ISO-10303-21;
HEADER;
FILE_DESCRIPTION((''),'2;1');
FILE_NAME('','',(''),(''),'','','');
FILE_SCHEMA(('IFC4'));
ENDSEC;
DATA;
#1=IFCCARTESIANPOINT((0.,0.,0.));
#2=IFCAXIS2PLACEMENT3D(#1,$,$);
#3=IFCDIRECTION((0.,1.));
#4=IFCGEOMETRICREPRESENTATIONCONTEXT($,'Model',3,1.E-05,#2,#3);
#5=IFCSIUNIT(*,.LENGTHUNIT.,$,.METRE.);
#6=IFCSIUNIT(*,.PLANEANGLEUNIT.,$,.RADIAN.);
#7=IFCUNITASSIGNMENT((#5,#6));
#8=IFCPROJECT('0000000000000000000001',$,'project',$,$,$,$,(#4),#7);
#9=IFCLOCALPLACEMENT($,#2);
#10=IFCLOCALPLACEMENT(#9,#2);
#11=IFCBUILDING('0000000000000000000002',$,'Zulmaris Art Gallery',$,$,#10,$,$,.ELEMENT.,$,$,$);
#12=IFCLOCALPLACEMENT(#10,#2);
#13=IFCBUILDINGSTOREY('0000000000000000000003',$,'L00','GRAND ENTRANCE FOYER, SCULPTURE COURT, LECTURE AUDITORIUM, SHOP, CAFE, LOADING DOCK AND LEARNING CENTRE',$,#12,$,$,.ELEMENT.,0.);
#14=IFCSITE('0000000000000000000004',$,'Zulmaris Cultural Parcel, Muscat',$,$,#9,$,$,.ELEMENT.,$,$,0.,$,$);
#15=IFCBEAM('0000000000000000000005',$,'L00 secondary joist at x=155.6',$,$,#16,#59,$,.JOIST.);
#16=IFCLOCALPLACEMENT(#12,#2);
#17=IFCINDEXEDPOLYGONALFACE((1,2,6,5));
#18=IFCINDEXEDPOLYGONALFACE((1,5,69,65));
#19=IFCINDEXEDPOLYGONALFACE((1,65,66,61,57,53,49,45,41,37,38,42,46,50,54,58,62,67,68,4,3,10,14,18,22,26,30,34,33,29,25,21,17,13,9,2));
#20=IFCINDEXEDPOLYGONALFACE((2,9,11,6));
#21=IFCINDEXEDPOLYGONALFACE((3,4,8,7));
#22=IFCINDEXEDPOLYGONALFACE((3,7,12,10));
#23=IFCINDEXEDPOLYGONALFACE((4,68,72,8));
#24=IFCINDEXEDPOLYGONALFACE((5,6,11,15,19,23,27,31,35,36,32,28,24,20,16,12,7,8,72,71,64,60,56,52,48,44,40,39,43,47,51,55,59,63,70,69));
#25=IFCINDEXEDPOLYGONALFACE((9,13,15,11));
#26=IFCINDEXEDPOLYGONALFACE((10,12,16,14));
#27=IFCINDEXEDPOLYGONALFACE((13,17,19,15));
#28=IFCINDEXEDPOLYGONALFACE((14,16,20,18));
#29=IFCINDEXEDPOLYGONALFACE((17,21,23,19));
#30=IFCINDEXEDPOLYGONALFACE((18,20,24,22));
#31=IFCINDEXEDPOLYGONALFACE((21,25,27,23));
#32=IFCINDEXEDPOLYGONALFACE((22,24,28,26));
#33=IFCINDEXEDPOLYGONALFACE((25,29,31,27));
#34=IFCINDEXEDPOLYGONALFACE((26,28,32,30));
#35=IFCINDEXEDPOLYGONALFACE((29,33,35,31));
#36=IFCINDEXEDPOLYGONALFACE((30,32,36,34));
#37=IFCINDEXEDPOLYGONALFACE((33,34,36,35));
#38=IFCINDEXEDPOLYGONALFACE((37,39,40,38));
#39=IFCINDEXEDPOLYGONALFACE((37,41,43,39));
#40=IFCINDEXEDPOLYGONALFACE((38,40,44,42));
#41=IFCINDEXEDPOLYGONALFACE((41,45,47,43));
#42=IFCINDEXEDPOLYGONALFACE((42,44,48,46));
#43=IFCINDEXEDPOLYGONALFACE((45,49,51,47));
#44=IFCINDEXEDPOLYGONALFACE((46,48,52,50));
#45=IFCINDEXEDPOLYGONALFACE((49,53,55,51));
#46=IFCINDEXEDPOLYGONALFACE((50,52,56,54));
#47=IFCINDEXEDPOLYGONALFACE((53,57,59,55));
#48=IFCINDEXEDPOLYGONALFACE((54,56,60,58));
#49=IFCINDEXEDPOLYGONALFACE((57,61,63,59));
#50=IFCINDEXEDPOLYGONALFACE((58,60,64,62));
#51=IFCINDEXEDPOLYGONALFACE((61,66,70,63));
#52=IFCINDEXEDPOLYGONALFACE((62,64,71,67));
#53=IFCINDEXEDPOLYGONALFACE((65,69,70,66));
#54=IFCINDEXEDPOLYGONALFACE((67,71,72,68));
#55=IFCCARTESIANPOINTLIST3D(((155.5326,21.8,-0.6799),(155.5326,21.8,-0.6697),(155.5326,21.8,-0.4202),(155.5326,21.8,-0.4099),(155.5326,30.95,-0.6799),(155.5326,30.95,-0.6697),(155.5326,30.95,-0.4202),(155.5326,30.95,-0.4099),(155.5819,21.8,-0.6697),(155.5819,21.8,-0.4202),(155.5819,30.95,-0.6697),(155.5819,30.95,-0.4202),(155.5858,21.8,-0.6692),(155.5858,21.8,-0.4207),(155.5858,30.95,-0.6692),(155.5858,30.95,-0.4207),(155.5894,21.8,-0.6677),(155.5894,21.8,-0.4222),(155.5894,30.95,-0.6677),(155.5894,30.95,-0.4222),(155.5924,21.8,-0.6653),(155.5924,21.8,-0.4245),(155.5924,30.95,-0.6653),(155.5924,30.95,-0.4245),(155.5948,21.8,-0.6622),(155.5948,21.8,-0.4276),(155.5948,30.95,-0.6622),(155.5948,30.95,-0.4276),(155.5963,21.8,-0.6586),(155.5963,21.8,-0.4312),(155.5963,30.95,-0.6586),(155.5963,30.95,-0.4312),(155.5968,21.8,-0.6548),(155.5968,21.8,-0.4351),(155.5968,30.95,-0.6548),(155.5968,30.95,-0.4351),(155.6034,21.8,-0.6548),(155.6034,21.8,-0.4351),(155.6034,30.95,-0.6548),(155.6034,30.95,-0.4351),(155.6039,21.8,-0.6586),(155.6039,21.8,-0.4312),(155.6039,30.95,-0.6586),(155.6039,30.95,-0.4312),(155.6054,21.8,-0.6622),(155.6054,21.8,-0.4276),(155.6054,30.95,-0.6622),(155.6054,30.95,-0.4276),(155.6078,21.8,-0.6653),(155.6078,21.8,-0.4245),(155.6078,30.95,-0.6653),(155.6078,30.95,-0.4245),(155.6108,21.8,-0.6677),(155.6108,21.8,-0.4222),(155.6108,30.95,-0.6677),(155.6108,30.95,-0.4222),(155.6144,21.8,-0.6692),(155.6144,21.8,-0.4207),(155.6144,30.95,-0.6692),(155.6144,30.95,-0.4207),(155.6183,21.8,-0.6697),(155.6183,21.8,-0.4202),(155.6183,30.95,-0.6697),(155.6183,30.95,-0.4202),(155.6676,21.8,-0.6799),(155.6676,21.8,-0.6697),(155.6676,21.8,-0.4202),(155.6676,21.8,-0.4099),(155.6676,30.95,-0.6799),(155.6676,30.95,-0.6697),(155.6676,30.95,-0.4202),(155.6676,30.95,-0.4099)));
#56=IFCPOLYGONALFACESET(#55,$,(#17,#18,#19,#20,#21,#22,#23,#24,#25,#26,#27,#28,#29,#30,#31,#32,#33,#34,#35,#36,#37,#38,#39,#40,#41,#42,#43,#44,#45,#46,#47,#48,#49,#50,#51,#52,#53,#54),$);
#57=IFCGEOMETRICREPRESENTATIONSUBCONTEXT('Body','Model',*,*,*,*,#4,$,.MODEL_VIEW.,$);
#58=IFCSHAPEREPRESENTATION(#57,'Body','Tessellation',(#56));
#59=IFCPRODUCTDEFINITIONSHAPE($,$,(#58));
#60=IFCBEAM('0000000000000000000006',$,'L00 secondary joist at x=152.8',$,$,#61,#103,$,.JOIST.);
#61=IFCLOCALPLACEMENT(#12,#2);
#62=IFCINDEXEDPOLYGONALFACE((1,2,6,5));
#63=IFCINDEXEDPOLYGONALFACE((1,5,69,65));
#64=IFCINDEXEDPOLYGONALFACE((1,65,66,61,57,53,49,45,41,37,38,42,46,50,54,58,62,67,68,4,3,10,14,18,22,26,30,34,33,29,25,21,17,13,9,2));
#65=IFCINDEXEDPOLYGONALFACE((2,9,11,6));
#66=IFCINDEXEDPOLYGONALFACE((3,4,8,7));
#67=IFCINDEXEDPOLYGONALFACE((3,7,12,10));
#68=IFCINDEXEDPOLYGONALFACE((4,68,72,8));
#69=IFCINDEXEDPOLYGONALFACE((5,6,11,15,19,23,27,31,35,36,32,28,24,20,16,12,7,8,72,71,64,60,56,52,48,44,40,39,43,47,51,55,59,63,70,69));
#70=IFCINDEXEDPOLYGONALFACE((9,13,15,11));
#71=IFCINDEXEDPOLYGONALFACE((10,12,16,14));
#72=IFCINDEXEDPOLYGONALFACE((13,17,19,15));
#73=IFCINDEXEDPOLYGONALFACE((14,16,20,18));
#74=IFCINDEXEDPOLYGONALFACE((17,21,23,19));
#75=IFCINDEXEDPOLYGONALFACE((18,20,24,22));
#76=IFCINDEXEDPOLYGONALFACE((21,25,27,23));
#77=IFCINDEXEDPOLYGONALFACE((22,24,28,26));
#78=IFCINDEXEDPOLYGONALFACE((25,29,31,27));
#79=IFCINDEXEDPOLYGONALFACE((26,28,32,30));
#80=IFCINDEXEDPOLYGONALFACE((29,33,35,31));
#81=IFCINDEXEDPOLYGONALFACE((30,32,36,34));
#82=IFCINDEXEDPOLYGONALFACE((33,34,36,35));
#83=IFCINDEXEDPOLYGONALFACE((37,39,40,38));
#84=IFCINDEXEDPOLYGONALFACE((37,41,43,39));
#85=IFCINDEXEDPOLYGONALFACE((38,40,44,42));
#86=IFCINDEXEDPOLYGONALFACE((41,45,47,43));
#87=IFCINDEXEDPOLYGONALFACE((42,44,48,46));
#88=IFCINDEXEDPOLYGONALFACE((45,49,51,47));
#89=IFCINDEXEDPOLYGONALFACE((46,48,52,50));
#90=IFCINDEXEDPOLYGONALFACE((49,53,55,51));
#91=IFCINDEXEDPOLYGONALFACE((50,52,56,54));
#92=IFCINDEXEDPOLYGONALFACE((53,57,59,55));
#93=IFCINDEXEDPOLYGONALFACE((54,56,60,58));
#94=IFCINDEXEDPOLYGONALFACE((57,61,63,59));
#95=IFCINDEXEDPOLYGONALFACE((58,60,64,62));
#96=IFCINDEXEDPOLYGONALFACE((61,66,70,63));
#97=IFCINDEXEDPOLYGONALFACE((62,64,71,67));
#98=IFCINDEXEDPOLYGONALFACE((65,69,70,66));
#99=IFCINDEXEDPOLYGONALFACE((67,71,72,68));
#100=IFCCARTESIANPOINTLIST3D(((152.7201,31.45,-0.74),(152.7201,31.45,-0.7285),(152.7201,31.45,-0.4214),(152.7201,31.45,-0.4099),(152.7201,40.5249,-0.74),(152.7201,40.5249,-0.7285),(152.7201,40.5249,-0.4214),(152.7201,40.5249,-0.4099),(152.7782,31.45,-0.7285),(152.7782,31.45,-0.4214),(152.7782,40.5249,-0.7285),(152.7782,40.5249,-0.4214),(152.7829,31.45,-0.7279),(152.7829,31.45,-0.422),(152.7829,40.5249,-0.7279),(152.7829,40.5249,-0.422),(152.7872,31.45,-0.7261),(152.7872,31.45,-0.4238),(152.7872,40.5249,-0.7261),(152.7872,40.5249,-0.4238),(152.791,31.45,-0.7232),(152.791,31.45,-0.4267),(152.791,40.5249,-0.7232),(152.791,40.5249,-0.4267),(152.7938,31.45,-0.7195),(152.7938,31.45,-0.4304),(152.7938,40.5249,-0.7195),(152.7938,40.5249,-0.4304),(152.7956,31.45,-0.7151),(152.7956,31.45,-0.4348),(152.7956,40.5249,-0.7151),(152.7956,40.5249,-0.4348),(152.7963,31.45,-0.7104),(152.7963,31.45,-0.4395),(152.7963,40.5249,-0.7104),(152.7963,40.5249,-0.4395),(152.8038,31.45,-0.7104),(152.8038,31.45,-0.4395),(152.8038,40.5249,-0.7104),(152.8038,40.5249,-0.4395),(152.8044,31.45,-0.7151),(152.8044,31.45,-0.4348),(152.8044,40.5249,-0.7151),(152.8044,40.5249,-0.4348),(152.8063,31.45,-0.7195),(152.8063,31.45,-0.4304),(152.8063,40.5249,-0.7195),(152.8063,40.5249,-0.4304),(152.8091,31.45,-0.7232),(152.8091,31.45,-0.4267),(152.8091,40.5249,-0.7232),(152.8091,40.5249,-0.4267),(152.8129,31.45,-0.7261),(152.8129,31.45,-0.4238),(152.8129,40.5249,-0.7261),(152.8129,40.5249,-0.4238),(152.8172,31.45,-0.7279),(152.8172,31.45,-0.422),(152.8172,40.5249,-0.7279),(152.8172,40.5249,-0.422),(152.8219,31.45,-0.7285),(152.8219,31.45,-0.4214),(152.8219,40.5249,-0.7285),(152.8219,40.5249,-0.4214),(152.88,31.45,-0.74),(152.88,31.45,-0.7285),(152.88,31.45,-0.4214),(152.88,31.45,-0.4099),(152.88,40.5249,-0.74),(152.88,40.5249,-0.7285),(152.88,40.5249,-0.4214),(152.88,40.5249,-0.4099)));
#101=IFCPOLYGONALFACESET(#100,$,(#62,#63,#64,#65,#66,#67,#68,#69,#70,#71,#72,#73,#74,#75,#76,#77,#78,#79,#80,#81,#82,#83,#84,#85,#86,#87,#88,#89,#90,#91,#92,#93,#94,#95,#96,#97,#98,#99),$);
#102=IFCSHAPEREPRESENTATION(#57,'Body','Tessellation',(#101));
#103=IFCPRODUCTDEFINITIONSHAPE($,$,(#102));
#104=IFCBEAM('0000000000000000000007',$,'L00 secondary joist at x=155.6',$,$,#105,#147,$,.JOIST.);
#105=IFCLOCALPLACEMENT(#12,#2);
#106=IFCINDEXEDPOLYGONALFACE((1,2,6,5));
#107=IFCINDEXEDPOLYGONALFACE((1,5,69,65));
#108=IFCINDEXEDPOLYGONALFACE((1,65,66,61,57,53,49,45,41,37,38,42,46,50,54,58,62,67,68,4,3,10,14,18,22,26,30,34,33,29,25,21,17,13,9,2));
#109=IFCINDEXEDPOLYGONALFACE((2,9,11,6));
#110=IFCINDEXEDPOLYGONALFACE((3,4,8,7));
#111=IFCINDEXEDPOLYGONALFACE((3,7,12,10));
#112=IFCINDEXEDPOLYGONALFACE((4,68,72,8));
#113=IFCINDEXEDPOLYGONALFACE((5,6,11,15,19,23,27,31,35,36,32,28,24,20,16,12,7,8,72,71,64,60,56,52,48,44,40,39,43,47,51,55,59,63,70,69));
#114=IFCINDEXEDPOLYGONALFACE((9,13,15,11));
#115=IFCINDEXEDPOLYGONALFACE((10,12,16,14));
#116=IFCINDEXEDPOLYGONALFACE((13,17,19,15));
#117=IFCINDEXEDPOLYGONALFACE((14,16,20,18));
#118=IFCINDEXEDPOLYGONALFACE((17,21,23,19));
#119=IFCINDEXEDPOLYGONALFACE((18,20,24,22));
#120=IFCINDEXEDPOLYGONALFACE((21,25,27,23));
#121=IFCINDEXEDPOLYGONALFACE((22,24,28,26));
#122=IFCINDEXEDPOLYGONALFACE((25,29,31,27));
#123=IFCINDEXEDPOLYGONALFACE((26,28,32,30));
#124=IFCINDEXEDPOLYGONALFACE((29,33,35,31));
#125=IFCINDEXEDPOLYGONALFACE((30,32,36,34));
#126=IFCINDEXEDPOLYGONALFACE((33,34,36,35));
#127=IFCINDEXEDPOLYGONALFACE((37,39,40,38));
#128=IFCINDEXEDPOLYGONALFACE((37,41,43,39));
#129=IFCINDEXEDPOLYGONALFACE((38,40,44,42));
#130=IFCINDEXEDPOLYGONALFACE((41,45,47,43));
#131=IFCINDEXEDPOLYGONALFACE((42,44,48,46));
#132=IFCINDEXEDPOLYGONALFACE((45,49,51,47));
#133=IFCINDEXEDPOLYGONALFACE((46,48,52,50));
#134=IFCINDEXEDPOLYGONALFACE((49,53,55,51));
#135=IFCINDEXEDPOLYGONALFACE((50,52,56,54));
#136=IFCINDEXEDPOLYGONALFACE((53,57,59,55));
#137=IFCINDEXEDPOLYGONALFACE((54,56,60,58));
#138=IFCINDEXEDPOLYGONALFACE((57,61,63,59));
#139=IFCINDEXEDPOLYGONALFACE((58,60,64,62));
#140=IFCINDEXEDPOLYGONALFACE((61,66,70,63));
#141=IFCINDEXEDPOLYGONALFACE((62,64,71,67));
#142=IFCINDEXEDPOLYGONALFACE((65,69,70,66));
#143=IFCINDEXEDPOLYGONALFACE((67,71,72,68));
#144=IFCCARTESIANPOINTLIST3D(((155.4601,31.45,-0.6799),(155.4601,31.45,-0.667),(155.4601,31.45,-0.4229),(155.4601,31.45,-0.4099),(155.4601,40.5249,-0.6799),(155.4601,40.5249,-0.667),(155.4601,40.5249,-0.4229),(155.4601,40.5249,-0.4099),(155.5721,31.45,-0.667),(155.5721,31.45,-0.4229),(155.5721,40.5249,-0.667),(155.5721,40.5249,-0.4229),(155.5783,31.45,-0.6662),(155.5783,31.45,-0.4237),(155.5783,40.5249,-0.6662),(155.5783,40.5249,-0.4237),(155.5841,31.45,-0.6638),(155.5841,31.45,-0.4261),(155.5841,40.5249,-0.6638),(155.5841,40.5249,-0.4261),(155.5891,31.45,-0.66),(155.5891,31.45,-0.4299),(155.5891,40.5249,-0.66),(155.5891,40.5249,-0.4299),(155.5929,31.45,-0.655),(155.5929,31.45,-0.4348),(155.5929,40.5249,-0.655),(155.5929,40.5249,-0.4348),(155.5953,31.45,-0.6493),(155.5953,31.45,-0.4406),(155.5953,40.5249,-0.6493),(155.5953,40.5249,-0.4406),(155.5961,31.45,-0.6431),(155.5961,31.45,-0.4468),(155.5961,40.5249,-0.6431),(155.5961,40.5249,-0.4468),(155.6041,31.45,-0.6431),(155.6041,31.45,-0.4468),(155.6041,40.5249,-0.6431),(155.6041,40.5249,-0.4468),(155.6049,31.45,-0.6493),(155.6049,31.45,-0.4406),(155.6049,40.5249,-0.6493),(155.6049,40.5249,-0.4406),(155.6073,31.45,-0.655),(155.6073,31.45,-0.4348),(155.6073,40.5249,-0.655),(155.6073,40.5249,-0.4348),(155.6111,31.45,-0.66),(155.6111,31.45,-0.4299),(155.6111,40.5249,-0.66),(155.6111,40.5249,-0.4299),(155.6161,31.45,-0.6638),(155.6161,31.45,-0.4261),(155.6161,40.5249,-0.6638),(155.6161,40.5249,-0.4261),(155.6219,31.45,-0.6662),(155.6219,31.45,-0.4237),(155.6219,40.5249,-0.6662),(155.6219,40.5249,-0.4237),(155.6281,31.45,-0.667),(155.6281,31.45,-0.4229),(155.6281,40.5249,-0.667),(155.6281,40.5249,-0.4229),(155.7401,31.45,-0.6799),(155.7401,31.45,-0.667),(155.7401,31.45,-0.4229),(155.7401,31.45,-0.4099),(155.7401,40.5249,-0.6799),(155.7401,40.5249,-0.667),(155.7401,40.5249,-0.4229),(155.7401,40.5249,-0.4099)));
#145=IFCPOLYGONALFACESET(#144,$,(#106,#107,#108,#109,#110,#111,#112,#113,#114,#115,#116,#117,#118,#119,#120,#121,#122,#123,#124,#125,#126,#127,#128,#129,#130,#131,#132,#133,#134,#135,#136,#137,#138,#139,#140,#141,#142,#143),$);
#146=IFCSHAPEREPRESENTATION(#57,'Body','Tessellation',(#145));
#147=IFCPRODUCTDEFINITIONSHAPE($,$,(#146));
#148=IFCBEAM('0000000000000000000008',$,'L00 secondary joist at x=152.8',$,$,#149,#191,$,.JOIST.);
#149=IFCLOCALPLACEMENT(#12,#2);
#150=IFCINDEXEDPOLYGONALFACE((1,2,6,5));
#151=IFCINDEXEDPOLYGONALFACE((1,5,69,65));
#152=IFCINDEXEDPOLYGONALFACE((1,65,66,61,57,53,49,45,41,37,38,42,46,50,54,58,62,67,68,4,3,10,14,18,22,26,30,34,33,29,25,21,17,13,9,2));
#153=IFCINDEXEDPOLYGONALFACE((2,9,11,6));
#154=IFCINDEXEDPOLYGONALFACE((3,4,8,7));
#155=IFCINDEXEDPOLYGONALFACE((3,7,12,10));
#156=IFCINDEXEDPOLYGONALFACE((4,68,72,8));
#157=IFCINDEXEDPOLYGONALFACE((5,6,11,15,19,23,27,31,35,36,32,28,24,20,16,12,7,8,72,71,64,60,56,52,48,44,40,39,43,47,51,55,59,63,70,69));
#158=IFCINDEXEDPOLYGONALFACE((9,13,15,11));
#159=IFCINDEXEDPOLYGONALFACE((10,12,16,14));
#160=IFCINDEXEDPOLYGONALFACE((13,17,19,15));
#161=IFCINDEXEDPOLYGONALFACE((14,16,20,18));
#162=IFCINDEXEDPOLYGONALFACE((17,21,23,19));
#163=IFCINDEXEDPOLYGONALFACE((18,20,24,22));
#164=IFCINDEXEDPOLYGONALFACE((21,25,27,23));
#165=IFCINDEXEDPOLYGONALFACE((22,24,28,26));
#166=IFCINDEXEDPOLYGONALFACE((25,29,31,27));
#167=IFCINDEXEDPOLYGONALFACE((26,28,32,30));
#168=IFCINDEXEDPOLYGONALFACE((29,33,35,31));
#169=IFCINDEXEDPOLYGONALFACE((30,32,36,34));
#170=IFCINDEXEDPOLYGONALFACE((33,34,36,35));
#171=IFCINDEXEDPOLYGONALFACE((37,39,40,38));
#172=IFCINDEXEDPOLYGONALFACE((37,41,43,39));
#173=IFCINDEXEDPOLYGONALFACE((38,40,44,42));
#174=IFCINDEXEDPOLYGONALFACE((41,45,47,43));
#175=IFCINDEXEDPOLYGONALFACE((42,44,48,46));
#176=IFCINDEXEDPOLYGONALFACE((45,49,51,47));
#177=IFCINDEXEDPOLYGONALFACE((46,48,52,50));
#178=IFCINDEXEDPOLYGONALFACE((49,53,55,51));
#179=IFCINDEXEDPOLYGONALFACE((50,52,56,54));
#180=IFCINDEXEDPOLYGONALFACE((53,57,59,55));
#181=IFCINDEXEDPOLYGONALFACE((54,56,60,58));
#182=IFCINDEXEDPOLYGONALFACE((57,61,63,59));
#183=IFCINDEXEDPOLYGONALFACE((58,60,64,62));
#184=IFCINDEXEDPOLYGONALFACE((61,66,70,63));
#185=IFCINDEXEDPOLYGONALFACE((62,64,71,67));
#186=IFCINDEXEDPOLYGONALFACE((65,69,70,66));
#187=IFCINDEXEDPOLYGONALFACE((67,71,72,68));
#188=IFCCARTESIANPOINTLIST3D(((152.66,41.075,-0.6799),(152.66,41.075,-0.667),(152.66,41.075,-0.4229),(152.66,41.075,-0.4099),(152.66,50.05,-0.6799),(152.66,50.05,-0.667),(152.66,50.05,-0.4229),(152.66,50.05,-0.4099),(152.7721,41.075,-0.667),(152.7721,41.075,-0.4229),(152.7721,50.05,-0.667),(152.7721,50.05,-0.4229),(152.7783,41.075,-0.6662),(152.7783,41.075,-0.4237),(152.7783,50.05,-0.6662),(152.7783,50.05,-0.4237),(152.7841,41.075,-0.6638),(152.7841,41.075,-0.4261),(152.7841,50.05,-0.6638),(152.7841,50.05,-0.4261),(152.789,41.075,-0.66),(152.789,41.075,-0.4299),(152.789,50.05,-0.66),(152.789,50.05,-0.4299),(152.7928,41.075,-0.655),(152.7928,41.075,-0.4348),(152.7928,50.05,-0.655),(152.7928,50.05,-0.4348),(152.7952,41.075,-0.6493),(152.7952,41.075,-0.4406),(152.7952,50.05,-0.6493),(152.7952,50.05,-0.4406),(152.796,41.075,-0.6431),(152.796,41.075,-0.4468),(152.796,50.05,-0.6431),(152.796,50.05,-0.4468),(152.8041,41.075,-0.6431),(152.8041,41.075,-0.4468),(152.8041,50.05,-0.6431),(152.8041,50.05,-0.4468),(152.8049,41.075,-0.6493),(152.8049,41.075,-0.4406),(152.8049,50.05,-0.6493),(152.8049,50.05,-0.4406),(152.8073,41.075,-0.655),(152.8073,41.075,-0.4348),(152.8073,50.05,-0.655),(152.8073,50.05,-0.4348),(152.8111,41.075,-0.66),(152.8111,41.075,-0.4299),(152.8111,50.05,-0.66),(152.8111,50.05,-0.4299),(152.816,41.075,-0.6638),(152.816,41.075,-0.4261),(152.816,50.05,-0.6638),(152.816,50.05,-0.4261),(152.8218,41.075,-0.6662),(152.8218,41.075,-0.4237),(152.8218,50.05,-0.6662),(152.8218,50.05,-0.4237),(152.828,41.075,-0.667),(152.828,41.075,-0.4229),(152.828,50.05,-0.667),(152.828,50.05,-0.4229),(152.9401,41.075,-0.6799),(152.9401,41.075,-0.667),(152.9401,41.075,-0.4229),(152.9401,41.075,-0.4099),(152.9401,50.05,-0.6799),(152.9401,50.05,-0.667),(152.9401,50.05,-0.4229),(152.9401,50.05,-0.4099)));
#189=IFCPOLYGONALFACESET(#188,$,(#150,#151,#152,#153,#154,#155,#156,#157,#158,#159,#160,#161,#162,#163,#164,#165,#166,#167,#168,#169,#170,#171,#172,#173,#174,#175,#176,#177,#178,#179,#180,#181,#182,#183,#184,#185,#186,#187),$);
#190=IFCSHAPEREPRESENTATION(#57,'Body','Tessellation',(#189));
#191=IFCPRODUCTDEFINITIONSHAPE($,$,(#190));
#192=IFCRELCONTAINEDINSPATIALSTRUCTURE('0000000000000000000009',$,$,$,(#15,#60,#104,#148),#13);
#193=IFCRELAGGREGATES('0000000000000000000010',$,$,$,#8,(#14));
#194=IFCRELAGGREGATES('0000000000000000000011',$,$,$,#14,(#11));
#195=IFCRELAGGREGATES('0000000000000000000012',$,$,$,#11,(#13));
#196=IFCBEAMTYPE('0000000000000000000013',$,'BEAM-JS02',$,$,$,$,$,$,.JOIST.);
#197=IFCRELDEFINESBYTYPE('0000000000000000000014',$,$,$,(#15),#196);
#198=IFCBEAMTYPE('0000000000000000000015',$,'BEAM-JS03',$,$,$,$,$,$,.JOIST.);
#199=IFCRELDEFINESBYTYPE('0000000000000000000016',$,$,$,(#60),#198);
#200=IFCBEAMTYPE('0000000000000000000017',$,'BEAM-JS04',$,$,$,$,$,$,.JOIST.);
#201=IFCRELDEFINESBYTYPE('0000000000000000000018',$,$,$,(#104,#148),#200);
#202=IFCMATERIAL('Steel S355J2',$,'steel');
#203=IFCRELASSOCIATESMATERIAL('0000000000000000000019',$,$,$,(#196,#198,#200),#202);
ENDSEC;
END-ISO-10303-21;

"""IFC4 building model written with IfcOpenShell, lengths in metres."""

from ifc_helpers import new_model, si_unit, direction, frame, origin, origin_2d, place, context, subcontext, project, spatial, i_section, extrude, material, material_profile, profile_set, type_object, element, save


model = new_model("IFC4")

# Units and contexts
model_context = context("Model", 3, precision=1e-05, world=origin(), true_north=direction((0.0, 1.0)))
body_context = subcontext(model_context, "Body", "Model", "MODEL_VIEW")
ifc_project = project(units=[si_unit("LENGTHUNIT", "METRE"), si_unit("PLANEANGLEUNIT", "RADIAN")], contexts=[model_context])

# Site, building, storey
site_placement = place(None, origin())
site = spatial("IfcSite", under=ifc_project, at=site_placement, Name="Zulmaris Cultural Parcel, Muscat", CompositionType="ELEMENT", RefElevation=0.0)
building_placement = place(site_placement, origin())
building = spatial("IfcBuilding", under=site, at=building_placement, Name="Zulmaris Art Gallery", CompositionType="ELEMENT")
storey_placement = place(building_placement, origin())
storey = spatial("IfcBuildingStorey", under=building, at=storey_placement, Name="L00", Description="GRAND ENTRANCE FOYER, SCULPTURE COURT, LECTURE AUDITORIUM, SHOP, CAFE, LOADING DOCK AND LEARNING CENTRE", CompositionType="ELEMENT", Elevation=0.0)

# Beams
ifc_material_1 = material(Name="Steel S355J2", Category="steel")
ifc_material_profile_1 = material_profile(ifc_material_1, i_section(OverallWidth=0.135, OverallDepth=0.27, WebThickness=0.0066, FlangeThickness=0.0103, FilletRadius=0.0149, at=origin_2d()), Name="IPE 270")
ifc_profile_set_1 = profile_set([ifc_material_profile_1], Name="Steel S355J2")
beam_type_1 = type_object("IfcBeamType", Name="BEAM-JS02", PredefinedType="JOIST", material=ifc_profile_set_1)
beam_1_placement = place(storey_placement, frame((155.6001, 21.8, -0.5449), z_axis=(0.0, 1.0, 0.0), x_axis=(-1.0, 0.0, 0.0)))
element("IfcBeam", 1, at=beam_1_placement, inside=storey, type_object=beam_type_1, Name="L00 secondary joist at x=155.6", PredefinedType="JOIST", context=body_context, shape_type="SweptSolid", body=[
    extrude(i_section(OverallWidth=0.135, OverallDepth=0.27, WebThickness=0.0066, FlangeThickness=0.0103, FilletRadius=0.0149, at=origin_2d()), origin(), (0.0, 0.0, 1.0), 9.1499),
])
ifc_material_profile_2 = material_profile(ifc_material_1, i_section(OverallWidth=0.1599, OverallDepth=0.3301, WebThickness=0.0076, FlangeThickness=0.0115, FilletRadius=0.0181, at=origin_2d()), Name="IPE 330")
ifc_profile_set_2 = profile_set([ifc_material_profile_2], Name="Steel S355J2")
beam_type_2 = type_object("IfcBeamType", Name="BEAM-JS03", PredefinedType="JOIST", material=ifc_profile_set_2)
beam_2_placement = place(storey_placement, frame((152.8, 31.45, -0.575), z_axis=(0.0, 1.0, 0.0), x_axis=(-1.0, 0.0, 0.0)))
element("IfcBeam", 2, at=beam_2_placement, inside=storey, type_object=beam_type_2, Name="L00 secondary joist at x=152.8", PredefinedType="JOIST", context=body_context, shape_type="SweptSolid", body=[
    extrude(i_section(OverallWidth=0.1599, OverallDepth=0.3301, WebThickness=0.0076, FlangeThickness=0.0115, FilletRadius=0.0181, at=origin_2d()), origin(), (0.0, 0.0, 1.0), 9.075),
])
ifc_material_profile_3 = material_profile(ifc_material_1, i_section(OverallWidth=0.28, OverallDepth=0.27, WebThickness=0.0081, FlangeThickness=0.0129, FilletRadius=0.0239, at=origin_2d()), Name="HEA 280")
ifc_profile_set_3 = profile_set([ifc_material_profile_3], Name="Steel S355J2")
beam_type_3 = type_object("IfcBeamType", Name="BEAM-JS04", PredefinedType="JOIST", material=ifc_profile_set_3)
beam_3_placement = place(storey_placement, frame((155.6001, 31.45, -0.5449), z_axis=(0.0, 1.0, 0.0), x_axis=(-1.0, 0.0, 0.0)))
element("IfcBeam", 3, at=beam_3_placement, inside=storey, type_object=beam_type_3, Name="L00 secondary joist at x=155.6", PredefinedType="JOIST", context=body_context, shape_type="SweptSolid", body=[
    extrude(i_section(OverallWidth=0.28, OverallDepth=0.27, WebThickness=0.0081, FlangeThickness=0.0129, FilletRadius=0.0239, at=origin_2d()), origin(), (0.0, 0.0, 1.0), 9.075),
])
beam_4_placement = place(storey_placement, frame((152.8, 41.075, -0.5449), z_axis=(0.0, 1.0, 0.0), x_axis=(-1.0, 0.0, 0.0)))
element("IfcBeam", 4, at=beam_4_placement, inside=storey, type_object=beam_type_3, Name="L00 secondary joist at x=152.8", PredefinedType="JOIST", context=body_context, shape_type="SweptSolid", body=[
    extrude(i_section(OverallWidth=0.28, OverallDepth=0.27, WebThickness=0.0081, FlangeThickness=0.0129, FilletRadius=0.0239, at=origin_2d()), origin(), (0.0, 0.0, 1.0), 8.9751),
])

save(model, "model.ifc")
